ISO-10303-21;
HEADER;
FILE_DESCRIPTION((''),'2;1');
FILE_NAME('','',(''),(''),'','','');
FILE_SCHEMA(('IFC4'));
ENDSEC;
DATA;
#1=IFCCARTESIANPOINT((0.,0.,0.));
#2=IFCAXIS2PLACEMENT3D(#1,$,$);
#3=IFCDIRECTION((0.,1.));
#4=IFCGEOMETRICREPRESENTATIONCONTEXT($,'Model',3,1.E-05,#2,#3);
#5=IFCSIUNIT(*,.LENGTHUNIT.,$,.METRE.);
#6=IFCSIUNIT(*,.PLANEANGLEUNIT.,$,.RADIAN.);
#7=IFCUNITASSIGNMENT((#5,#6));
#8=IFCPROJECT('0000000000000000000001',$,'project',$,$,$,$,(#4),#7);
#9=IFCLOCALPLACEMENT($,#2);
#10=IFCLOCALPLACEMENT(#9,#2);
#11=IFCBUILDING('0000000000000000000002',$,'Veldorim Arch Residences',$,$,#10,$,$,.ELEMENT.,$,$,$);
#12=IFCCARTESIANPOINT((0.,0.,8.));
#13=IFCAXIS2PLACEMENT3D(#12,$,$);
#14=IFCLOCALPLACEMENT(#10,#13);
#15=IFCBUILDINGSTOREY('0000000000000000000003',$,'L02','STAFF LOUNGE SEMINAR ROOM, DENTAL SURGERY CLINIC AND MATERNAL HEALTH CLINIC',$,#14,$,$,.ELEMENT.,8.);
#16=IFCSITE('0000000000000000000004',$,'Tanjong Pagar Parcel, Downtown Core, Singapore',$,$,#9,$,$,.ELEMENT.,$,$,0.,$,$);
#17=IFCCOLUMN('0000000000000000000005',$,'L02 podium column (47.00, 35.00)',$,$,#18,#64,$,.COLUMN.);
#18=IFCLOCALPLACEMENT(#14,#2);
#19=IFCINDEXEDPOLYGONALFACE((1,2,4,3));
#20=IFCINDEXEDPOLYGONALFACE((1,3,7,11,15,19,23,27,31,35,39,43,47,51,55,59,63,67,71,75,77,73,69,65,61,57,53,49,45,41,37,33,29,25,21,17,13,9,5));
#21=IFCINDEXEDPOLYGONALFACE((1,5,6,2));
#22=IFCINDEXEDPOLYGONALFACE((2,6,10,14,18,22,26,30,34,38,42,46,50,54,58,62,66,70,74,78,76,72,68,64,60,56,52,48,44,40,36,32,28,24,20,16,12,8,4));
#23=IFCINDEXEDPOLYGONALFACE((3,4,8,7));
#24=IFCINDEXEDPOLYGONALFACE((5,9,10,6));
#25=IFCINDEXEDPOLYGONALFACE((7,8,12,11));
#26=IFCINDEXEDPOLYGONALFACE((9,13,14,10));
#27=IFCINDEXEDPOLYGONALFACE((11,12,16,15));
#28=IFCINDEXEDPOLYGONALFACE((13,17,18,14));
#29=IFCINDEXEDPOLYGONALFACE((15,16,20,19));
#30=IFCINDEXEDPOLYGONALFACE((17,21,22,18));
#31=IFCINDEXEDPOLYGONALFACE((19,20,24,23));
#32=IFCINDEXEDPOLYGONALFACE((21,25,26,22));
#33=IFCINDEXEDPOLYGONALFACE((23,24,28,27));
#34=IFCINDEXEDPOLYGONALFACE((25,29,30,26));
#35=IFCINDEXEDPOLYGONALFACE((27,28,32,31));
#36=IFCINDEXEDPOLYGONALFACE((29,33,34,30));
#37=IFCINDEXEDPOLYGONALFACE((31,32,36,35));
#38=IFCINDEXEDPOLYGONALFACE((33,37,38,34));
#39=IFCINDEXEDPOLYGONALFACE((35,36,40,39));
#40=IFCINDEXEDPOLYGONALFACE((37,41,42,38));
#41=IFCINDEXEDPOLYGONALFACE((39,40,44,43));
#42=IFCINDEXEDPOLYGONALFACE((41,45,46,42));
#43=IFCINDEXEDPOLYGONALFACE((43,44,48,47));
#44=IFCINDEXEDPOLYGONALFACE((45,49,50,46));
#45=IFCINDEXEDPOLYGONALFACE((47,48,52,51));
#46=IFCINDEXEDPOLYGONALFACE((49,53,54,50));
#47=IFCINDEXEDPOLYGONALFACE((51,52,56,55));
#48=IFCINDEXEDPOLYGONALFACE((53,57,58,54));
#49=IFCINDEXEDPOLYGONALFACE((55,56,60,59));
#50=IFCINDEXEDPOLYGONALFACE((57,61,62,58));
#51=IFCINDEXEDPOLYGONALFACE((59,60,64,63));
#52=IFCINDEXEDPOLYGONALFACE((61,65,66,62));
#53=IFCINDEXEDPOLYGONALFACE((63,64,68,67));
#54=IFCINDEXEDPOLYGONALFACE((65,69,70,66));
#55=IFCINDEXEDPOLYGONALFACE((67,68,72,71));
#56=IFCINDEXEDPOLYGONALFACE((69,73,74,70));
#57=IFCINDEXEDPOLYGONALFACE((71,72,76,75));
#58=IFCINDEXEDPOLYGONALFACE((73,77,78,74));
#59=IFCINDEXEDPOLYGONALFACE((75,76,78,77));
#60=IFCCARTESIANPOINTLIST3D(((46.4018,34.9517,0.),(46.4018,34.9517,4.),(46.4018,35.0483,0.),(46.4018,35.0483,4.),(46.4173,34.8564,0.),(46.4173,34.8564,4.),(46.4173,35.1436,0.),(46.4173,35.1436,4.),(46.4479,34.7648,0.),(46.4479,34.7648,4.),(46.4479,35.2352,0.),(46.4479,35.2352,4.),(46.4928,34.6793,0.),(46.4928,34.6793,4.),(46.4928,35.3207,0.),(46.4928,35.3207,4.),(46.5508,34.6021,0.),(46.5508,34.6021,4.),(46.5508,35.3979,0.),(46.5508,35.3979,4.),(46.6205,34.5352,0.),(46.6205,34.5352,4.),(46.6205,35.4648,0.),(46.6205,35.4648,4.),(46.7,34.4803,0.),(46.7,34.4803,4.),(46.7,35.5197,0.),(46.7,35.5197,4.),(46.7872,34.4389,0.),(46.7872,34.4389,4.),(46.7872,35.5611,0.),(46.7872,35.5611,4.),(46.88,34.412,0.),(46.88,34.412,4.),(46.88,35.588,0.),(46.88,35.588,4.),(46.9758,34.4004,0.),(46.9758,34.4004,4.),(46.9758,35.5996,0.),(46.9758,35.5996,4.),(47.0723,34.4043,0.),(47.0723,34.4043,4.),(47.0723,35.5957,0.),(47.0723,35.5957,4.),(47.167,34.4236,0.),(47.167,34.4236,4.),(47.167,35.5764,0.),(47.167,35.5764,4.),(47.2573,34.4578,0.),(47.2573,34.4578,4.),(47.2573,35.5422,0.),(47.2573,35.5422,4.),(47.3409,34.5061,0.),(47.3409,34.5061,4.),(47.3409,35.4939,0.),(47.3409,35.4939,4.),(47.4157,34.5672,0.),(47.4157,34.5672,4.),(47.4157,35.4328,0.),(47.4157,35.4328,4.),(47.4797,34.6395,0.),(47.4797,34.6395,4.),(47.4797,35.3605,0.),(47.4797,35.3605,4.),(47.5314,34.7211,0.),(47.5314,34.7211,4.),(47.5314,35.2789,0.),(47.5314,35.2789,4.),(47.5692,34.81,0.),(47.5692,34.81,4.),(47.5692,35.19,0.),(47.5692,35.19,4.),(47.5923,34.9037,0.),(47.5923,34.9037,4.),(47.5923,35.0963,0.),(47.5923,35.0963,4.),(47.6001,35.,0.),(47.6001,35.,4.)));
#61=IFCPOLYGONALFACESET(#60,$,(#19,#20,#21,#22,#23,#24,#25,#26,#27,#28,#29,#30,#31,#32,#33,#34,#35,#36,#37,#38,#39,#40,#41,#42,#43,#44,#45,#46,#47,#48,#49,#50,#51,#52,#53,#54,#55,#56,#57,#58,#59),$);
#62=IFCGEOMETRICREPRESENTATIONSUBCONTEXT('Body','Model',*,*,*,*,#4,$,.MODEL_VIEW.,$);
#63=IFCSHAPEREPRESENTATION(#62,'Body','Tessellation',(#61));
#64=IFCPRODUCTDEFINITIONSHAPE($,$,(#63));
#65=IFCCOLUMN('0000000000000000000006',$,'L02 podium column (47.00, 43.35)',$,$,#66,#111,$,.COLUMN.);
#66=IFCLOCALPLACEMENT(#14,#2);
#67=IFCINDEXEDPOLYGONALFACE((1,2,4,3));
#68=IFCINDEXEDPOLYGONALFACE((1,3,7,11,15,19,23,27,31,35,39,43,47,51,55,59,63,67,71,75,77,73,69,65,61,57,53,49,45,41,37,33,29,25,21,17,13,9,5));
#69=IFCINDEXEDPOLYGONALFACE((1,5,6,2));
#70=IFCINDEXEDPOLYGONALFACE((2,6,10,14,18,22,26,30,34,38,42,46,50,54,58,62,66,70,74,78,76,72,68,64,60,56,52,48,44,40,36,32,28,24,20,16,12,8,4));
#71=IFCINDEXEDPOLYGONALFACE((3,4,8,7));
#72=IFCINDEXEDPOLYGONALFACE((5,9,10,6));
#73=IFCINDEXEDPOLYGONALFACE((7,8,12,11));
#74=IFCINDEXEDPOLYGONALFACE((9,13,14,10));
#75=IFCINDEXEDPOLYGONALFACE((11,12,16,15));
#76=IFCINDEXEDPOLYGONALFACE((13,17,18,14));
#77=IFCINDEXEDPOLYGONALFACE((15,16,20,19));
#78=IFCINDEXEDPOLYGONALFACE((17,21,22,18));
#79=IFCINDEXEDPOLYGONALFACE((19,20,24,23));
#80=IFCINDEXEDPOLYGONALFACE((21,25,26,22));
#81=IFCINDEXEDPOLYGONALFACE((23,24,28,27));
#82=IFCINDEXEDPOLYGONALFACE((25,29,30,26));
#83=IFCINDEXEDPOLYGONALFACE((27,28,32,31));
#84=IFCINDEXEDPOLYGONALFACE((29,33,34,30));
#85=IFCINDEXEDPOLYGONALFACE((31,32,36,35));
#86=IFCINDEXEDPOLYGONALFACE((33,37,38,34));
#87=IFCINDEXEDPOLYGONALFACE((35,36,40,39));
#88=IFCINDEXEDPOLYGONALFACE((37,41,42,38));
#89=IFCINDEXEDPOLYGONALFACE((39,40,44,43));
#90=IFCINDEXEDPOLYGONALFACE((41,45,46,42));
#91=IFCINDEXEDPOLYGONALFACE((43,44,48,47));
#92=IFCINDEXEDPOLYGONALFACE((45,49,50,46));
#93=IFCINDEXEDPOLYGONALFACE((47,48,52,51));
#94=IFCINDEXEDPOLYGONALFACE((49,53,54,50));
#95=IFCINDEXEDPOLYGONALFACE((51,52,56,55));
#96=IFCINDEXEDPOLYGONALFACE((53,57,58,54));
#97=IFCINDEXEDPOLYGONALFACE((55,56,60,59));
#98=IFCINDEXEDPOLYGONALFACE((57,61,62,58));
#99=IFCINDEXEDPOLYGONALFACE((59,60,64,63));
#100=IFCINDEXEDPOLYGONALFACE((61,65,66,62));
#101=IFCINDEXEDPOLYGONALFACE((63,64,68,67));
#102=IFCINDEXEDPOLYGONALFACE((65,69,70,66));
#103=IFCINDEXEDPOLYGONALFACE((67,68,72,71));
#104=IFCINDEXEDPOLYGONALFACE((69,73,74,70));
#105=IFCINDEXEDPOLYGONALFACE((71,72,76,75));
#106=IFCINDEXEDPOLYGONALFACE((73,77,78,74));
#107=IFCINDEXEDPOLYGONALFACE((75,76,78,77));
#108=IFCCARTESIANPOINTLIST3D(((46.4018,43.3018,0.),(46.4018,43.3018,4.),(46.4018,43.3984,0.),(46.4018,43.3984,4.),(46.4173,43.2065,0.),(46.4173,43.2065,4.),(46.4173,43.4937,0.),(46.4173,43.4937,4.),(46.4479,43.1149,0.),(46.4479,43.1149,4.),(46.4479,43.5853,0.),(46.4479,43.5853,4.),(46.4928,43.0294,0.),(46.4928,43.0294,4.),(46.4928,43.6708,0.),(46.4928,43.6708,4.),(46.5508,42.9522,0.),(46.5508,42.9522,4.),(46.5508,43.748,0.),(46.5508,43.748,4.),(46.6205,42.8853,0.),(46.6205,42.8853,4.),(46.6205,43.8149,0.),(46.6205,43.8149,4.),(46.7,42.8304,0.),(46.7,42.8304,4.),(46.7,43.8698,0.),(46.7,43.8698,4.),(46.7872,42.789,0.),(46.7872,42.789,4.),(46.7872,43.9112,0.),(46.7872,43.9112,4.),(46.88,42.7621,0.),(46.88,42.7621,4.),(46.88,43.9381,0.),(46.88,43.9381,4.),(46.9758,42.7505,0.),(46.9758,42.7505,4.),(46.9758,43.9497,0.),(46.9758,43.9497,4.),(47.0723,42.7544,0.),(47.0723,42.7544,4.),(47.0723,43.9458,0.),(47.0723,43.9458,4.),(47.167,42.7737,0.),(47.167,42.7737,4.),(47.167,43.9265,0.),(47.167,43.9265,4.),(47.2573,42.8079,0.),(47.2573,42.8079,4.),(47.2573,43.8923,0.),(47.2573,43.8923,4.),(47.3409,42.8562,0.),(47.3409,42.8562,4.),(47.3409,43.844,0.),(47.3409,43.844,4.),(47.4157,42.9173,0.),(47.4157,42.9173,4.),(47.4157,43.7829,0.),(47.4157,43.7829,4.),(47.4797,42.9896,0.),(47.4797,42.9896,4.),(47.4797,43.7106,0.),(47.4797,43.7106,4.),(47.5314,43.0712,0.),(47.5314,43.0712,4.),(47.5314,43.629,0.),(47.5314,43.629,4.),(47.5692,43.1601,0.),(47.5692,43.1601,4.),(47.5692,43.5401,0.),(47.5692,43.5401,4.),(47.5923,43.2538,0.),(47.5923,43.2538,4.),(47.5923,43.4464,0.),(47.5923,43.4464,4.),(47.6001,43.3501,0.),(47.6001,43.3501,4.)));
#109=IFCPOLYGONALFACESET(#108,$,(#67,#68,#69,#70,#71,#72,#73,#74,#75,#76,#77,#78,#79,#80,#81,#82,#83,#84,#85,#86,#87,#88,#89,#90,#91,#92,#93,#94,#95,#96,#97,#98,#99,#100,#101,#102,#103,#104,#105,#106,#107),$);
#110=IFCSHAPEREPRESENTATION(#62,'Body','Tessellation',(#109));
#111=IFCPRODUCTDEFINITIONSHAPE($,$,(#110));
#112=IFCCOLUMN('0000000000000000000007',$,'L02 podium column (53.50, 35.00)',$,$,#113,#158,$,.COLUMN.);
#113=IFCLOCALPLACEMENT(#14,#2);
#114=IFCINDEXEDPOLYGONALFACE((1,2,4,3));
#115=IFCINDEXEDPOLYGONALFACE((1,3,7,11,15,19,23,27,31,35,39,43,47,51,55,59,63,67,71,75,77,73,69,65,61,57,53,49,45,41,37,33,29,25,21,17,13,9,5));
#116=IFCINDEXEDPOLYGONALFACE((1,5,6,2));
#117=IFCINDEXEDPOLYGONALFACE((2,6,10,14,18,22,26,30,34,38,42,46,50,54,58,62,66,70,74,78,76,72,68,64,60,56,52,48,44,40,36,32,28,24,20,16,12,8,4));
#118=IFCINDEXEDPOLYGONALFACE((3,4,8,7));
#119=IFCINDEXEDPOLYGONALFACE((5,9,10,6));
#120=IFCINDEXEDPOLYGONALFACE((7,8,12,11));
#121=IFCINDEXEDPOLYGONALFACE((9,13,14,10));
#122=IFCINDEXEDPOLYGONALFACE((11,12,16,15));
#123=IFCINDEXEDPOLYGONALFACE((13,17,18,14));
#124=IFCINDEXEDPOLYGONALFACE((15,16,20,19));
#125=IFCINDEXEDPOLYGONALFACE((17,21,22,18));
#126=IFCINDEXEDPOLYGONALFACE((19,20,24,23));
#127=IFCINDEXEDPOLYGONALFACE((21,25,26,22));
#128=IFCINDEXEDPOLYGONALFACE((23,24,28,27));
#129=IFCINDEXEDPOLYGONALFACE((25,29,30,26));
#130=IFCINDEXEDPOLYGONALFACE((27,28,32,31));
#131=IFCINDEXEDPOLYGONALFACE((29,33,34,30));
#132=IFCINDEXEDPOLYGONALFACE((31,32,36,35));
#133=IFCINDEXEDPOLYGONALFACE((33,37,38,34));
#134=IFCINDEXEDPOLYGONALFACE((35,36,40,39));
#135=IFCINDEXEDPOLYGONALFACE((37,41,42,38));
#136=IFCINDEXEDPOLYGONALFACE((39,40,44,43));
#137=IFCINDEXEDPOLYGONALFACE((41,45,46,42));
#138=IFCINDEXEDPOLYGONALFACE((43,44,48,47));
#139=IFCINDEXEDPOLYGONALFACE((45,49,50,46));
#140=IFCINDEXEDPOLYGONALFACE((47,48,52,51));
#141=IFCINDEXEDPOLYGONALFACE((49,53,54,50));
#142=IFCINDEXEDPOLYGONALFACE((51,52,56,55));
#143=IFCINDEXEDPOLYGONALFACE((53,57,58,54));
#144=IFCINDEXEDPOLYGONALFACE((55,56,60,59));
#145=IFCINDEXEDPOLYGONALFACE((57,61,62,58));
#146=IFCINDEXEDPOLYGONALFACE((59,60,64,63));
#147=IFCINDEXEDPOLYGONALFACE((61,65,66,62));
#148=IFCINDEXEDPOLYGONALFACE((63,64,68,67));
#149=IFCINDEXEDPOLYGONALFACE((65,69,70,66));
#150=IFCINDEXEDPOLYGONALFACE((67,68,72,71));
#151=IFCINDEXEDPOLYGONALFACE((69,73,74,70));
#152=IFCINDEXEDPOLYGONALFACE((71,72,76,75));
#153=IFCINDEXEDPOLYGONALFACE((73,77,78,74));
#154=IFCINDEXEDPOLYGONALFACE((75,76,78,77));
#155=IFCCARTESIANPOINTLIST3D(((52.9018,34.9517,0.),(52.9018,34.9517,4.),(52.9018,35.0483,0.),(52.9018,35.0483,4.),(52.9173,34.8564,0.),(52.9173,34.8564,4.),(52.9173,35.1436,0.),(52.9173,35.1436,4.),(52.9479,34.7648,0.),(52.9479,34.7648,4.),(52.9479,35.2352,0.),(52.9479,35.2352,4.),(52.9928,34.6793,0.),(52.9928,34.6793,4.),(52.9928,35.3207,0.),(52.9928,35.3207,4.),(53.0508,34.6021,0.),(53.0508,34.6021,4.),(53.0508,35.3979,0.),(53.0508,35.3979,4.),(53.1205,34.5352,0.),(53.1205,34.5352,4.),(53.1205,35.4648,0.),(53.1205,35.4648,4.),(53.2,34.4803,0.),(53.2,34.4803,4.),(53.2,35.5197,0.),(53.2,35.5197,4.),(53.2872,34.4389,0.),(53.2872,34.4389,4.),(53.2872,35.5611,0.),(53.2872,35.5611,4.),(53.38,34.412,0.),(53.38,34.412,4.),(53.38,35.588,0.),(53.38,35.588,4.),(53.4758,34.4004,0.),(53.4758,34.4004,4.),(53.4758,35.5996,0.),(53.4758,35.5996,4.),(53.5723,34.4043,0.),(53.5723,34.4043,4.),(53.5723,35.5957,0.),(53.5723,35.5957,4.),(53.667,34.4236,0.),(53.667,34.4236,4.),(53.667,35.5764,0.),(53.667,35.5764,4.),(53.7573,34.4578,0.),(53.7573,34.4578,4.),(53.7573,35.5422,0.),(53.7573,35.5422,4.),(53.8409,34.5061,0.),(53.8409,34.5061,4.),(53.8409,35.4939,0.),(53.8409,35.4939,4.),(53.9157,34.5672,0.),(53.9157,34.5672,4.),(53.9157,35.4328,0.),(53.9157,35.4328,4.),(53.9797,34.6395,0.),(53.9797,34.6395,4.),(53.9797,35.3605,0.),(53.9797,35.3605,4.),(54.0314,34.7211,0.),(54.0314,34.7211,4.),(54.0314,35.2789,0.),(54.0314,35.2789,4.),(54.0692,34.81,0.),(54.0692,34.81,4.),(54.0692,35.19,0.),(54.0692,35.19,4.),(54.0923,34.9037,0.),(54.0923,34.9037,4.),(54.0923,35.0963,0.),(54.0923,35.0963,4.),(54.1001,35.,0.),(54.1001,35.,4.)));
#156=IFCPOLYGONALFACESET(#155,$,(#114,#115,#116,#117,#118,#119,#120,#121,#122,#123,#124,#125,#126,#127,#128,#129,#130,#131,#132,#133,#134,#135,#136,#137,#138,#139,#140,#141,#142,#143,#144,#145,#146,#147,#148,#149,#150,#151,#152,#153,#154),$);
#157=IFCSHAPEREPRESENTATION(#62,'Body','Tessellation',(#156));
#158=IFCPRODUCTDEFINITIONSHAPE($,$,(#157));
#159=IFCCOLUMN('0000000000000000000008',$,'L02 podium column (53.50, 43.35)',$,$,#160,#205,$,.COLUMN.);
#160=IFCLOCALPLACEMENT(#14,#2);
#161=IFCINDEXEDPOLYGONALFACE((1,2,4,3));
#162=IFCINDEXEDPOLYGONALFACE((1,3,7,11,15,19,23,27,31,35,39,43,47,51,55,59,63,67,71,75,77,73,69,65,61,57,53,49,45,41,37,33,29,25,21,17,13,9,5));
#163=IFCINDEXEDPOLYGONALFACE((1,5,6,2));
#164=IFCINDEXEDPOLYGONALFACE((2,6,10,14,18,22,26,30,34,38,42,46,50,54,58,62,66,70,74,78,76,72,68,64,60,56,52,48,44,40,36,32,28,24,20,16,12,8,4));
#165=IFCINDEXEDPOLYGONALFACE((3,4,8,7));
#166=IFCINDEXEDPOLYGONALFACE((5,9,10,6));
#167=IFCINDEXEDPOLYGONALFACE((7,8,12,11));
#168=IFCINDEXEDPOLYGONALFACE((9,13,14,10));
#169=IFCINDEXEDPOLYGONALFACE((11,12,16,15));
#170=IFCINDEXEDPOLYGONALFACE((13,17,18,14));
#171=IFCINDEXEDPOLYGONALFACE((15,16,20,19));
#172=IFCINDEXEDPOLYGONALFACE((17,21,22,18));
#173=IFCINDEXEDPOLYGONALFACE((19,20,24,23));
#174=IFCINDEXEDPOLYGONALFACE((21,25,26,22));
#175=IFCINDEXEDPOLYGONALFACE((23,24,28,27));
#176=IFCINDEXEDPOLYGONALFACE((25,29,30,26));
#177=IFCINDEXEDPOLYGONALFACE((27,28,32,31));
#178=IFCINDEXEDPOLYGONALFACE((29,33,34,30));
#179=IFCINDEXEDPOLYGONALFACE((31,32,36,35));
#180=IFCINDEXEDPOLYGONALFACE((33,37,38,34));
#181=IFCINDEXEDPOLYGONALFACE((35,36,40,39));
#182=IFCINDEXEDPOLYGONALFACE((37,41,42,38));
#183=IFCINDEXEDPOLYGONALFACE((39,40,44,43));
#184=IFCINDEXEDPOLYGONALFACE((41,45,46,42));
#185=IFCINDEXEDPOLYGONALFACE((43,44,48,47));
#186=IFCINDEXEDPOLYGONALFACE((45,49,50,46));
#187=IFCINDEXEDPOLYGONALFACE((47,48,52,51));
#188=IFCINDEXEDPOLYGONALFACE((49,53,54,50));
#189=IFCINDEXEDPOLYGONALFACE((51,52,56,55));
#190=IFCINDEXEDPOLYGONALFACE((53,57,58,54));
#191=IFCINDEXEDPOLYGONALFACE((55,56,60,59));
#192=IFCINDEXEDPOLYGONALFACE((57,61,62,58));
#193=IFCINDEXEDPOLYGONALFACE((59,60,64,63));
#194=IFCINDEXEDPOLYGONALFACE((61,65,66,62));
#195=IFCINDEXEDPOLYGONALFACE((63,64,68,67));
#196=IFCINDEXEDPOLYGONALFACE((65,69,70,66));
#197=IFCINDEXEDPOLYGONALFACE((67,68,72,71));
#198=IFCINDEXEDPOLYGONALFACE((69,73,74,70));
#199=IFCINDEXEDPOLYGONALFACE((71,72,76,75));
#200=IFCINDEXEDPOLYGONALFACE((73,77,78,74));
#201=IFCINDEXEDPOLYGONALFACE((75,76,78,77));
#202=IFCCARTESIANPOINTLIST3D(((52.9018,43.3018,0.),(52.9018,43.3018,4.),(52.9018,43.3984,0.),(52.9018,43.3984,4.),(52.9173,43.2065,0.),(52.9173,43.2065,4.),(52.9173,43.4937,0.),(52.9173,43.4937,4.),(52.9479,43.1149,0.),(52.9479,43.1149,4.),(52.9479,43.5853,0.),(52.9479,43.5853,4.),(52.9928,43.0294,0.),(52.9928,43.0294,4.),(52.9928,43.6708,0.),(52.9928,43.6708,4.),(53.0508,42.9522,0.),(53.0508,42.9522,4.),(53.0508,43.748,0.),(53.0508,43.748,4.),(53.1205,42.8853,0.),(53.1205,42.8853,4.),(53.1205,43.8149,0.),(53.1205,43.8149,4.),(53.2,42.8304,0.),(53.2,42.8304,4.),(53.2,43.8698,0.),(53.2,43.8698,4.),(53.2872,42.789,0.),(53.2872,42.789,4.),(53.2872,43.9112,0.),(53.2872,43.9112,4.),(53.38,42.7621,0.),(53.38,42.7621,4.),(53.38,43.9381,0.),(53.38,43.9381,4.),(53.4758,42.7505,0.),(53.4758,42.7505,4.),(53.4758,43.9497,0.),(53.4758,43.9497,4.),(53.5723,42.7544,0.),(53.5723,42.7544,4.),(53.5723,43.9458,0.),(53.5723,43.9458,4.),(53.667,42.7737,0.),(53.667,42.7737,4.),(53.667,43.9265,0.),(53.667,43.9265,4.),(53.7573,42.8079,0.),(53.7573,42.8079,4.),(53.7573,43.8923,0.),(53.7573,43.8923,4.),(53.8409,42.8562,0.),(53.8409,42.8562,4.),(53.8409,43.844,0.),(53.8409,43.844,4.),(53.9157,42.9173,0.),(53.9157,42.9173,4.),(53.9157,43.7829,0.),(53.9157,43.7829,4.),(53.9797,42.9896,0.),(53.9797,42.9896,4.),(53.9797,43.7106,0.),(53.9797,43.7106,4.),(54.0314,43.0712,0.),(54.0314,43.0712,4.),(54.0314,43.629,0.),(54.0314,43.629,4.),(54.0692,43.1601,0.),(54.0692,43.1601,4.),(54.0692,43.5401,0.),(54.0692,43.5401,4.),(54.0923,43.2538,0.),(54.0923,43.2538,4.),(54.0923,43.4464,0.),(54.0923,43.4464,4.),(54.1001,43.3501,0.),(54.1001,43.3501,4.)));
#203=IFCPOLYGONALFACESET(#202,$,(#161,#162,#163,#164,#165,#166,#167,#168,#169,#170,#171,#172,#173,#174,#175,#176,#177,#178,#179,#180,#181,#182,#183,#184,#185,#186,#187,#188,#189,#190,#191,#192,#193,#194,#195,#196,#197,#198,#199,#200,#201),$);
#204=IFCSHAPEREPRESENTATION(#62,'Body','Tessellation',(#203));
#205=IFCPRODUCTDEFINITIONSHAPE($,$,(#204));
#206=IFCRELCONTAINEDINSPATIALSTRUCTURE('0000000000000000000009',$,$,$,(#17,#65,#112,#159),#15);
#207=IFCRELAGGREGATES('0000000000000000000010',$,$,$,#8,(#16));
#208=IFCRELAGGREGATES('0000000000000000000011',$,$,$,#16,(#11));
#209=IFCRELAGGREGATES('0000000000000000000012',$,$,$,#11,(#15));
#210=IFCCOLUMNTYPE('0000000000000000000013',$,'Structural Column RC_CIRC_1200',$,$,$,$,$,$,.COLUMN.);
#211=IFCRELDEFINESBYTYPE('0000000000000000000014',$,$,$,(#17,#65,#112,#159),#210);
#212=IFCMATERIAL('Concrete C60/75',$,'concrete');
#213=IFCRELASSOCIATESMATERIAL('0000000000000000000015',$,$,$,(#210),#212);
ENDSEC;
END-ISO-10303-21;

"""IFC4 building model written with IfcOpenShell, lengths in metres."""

from ifc_helpers import new_model, si_unit, direction, frame, origin, origin_2d, place, context, subcontext, project, spatial, circle, extrude, material, material_profile, profile_set, type_object, element, save


model = new_model("IFC4")

# Units and contexts
model_context = context("Model", 3, precision=1e-05, world=origin(), true_north=direction((0.0, 1.0)))
body_context = subcontext(model_context, "Body", "Model", "MODEL_VIEW")
ifc_project = project(units=[si_unit("LENGTHUNIT", "METRE"), si_unit("PLANEANGLEUNIT", "RADIAN")], contexts=[model_context])

# Site, building, storey
site_placement = place(None, origin())
site = spatial("IfcSite", under=ifc_project, at=site_placement, Name="Tanjong Pagar Parcel, Downtown Core, Singapore", CompositionType="ELEMENT", RefElevation=0.0)
building_placement = place(site_placement, origin())
building = spatial("IfcBuilding", under=site, at=building_placement, Name="Veldorim Arch Residences", CompositionType="ELEMENT")
storey_placement = place(building_placement, frame((0.0, 0.0, 8.0)))
storey = spatial("IfcBuildingStorey", under=building, at=storey_placement, Name="L02", Description="STAFF LOUNGE SEMINAR ROOM, DENTAL SURGERY CLINIC AND MATERNAL HEALTH CLINIC", CompositionType="ELEMENT", Elevation=8.0)

# Columns
ifc_material_1 = material(Name="Concrete C60/75", Category="concrete")
ifc_material_profile_1 = material_profile(ifc_material_1, circle(Radius=0.6001, at=origin_2d()), Name="RC_CIRC_1200")
ifc_profile_set_1 = profile_set([ifc_material_profile_1], Name="Concrete C60/75")
column_type_1 = type_object("IfcColumnType", Name="Structural Column RC_CIRC_1200", PredefinedType="COLUMN", material=ifc_profile_set_1)
for number, where, z_axis, x_axis, name in (
    (1, (47.0, 35.0, 0.0), (0.0, 0.0, 1.0), (1.0, 0.0, 0.0), "L02 podium column (47.00, 35.00)"),
    (2, (47.0, 43.3501, 0.0), (0.0, 0.0, 1.0), (1.0, 0.0, 0.0), "L02 podium column (47.00, 43.35)"),
    (3, (53.5, 35.0, 0.0), (0.0, 0.0, 1.0), (1.0, 0.0, 0.0), "L02 podium column (53.50, 35.00)"),
    (4, (53.5, 43.3501, 0.0), (0.0, 0.0, 1.0), (1.0, 0.0, 0.0), "L02 podium column (53.50, 43.35)"),
):
    element("IfcColumn", number, at=place(storey_placement, frame(where, z_axis=z_axis, x_axis=x_axis)), inside=storey, type_object=column_type_1, Name=name, PredefinedType="COLUMN", context=body_context, shape_type="SweptSolid", body=[
        extrude(circle(Radius=0.6001, at=origin_2d()), origin(), (0.0, 0.0, 1.0), 4.0),
    ])

save(model, "model.ifc")
